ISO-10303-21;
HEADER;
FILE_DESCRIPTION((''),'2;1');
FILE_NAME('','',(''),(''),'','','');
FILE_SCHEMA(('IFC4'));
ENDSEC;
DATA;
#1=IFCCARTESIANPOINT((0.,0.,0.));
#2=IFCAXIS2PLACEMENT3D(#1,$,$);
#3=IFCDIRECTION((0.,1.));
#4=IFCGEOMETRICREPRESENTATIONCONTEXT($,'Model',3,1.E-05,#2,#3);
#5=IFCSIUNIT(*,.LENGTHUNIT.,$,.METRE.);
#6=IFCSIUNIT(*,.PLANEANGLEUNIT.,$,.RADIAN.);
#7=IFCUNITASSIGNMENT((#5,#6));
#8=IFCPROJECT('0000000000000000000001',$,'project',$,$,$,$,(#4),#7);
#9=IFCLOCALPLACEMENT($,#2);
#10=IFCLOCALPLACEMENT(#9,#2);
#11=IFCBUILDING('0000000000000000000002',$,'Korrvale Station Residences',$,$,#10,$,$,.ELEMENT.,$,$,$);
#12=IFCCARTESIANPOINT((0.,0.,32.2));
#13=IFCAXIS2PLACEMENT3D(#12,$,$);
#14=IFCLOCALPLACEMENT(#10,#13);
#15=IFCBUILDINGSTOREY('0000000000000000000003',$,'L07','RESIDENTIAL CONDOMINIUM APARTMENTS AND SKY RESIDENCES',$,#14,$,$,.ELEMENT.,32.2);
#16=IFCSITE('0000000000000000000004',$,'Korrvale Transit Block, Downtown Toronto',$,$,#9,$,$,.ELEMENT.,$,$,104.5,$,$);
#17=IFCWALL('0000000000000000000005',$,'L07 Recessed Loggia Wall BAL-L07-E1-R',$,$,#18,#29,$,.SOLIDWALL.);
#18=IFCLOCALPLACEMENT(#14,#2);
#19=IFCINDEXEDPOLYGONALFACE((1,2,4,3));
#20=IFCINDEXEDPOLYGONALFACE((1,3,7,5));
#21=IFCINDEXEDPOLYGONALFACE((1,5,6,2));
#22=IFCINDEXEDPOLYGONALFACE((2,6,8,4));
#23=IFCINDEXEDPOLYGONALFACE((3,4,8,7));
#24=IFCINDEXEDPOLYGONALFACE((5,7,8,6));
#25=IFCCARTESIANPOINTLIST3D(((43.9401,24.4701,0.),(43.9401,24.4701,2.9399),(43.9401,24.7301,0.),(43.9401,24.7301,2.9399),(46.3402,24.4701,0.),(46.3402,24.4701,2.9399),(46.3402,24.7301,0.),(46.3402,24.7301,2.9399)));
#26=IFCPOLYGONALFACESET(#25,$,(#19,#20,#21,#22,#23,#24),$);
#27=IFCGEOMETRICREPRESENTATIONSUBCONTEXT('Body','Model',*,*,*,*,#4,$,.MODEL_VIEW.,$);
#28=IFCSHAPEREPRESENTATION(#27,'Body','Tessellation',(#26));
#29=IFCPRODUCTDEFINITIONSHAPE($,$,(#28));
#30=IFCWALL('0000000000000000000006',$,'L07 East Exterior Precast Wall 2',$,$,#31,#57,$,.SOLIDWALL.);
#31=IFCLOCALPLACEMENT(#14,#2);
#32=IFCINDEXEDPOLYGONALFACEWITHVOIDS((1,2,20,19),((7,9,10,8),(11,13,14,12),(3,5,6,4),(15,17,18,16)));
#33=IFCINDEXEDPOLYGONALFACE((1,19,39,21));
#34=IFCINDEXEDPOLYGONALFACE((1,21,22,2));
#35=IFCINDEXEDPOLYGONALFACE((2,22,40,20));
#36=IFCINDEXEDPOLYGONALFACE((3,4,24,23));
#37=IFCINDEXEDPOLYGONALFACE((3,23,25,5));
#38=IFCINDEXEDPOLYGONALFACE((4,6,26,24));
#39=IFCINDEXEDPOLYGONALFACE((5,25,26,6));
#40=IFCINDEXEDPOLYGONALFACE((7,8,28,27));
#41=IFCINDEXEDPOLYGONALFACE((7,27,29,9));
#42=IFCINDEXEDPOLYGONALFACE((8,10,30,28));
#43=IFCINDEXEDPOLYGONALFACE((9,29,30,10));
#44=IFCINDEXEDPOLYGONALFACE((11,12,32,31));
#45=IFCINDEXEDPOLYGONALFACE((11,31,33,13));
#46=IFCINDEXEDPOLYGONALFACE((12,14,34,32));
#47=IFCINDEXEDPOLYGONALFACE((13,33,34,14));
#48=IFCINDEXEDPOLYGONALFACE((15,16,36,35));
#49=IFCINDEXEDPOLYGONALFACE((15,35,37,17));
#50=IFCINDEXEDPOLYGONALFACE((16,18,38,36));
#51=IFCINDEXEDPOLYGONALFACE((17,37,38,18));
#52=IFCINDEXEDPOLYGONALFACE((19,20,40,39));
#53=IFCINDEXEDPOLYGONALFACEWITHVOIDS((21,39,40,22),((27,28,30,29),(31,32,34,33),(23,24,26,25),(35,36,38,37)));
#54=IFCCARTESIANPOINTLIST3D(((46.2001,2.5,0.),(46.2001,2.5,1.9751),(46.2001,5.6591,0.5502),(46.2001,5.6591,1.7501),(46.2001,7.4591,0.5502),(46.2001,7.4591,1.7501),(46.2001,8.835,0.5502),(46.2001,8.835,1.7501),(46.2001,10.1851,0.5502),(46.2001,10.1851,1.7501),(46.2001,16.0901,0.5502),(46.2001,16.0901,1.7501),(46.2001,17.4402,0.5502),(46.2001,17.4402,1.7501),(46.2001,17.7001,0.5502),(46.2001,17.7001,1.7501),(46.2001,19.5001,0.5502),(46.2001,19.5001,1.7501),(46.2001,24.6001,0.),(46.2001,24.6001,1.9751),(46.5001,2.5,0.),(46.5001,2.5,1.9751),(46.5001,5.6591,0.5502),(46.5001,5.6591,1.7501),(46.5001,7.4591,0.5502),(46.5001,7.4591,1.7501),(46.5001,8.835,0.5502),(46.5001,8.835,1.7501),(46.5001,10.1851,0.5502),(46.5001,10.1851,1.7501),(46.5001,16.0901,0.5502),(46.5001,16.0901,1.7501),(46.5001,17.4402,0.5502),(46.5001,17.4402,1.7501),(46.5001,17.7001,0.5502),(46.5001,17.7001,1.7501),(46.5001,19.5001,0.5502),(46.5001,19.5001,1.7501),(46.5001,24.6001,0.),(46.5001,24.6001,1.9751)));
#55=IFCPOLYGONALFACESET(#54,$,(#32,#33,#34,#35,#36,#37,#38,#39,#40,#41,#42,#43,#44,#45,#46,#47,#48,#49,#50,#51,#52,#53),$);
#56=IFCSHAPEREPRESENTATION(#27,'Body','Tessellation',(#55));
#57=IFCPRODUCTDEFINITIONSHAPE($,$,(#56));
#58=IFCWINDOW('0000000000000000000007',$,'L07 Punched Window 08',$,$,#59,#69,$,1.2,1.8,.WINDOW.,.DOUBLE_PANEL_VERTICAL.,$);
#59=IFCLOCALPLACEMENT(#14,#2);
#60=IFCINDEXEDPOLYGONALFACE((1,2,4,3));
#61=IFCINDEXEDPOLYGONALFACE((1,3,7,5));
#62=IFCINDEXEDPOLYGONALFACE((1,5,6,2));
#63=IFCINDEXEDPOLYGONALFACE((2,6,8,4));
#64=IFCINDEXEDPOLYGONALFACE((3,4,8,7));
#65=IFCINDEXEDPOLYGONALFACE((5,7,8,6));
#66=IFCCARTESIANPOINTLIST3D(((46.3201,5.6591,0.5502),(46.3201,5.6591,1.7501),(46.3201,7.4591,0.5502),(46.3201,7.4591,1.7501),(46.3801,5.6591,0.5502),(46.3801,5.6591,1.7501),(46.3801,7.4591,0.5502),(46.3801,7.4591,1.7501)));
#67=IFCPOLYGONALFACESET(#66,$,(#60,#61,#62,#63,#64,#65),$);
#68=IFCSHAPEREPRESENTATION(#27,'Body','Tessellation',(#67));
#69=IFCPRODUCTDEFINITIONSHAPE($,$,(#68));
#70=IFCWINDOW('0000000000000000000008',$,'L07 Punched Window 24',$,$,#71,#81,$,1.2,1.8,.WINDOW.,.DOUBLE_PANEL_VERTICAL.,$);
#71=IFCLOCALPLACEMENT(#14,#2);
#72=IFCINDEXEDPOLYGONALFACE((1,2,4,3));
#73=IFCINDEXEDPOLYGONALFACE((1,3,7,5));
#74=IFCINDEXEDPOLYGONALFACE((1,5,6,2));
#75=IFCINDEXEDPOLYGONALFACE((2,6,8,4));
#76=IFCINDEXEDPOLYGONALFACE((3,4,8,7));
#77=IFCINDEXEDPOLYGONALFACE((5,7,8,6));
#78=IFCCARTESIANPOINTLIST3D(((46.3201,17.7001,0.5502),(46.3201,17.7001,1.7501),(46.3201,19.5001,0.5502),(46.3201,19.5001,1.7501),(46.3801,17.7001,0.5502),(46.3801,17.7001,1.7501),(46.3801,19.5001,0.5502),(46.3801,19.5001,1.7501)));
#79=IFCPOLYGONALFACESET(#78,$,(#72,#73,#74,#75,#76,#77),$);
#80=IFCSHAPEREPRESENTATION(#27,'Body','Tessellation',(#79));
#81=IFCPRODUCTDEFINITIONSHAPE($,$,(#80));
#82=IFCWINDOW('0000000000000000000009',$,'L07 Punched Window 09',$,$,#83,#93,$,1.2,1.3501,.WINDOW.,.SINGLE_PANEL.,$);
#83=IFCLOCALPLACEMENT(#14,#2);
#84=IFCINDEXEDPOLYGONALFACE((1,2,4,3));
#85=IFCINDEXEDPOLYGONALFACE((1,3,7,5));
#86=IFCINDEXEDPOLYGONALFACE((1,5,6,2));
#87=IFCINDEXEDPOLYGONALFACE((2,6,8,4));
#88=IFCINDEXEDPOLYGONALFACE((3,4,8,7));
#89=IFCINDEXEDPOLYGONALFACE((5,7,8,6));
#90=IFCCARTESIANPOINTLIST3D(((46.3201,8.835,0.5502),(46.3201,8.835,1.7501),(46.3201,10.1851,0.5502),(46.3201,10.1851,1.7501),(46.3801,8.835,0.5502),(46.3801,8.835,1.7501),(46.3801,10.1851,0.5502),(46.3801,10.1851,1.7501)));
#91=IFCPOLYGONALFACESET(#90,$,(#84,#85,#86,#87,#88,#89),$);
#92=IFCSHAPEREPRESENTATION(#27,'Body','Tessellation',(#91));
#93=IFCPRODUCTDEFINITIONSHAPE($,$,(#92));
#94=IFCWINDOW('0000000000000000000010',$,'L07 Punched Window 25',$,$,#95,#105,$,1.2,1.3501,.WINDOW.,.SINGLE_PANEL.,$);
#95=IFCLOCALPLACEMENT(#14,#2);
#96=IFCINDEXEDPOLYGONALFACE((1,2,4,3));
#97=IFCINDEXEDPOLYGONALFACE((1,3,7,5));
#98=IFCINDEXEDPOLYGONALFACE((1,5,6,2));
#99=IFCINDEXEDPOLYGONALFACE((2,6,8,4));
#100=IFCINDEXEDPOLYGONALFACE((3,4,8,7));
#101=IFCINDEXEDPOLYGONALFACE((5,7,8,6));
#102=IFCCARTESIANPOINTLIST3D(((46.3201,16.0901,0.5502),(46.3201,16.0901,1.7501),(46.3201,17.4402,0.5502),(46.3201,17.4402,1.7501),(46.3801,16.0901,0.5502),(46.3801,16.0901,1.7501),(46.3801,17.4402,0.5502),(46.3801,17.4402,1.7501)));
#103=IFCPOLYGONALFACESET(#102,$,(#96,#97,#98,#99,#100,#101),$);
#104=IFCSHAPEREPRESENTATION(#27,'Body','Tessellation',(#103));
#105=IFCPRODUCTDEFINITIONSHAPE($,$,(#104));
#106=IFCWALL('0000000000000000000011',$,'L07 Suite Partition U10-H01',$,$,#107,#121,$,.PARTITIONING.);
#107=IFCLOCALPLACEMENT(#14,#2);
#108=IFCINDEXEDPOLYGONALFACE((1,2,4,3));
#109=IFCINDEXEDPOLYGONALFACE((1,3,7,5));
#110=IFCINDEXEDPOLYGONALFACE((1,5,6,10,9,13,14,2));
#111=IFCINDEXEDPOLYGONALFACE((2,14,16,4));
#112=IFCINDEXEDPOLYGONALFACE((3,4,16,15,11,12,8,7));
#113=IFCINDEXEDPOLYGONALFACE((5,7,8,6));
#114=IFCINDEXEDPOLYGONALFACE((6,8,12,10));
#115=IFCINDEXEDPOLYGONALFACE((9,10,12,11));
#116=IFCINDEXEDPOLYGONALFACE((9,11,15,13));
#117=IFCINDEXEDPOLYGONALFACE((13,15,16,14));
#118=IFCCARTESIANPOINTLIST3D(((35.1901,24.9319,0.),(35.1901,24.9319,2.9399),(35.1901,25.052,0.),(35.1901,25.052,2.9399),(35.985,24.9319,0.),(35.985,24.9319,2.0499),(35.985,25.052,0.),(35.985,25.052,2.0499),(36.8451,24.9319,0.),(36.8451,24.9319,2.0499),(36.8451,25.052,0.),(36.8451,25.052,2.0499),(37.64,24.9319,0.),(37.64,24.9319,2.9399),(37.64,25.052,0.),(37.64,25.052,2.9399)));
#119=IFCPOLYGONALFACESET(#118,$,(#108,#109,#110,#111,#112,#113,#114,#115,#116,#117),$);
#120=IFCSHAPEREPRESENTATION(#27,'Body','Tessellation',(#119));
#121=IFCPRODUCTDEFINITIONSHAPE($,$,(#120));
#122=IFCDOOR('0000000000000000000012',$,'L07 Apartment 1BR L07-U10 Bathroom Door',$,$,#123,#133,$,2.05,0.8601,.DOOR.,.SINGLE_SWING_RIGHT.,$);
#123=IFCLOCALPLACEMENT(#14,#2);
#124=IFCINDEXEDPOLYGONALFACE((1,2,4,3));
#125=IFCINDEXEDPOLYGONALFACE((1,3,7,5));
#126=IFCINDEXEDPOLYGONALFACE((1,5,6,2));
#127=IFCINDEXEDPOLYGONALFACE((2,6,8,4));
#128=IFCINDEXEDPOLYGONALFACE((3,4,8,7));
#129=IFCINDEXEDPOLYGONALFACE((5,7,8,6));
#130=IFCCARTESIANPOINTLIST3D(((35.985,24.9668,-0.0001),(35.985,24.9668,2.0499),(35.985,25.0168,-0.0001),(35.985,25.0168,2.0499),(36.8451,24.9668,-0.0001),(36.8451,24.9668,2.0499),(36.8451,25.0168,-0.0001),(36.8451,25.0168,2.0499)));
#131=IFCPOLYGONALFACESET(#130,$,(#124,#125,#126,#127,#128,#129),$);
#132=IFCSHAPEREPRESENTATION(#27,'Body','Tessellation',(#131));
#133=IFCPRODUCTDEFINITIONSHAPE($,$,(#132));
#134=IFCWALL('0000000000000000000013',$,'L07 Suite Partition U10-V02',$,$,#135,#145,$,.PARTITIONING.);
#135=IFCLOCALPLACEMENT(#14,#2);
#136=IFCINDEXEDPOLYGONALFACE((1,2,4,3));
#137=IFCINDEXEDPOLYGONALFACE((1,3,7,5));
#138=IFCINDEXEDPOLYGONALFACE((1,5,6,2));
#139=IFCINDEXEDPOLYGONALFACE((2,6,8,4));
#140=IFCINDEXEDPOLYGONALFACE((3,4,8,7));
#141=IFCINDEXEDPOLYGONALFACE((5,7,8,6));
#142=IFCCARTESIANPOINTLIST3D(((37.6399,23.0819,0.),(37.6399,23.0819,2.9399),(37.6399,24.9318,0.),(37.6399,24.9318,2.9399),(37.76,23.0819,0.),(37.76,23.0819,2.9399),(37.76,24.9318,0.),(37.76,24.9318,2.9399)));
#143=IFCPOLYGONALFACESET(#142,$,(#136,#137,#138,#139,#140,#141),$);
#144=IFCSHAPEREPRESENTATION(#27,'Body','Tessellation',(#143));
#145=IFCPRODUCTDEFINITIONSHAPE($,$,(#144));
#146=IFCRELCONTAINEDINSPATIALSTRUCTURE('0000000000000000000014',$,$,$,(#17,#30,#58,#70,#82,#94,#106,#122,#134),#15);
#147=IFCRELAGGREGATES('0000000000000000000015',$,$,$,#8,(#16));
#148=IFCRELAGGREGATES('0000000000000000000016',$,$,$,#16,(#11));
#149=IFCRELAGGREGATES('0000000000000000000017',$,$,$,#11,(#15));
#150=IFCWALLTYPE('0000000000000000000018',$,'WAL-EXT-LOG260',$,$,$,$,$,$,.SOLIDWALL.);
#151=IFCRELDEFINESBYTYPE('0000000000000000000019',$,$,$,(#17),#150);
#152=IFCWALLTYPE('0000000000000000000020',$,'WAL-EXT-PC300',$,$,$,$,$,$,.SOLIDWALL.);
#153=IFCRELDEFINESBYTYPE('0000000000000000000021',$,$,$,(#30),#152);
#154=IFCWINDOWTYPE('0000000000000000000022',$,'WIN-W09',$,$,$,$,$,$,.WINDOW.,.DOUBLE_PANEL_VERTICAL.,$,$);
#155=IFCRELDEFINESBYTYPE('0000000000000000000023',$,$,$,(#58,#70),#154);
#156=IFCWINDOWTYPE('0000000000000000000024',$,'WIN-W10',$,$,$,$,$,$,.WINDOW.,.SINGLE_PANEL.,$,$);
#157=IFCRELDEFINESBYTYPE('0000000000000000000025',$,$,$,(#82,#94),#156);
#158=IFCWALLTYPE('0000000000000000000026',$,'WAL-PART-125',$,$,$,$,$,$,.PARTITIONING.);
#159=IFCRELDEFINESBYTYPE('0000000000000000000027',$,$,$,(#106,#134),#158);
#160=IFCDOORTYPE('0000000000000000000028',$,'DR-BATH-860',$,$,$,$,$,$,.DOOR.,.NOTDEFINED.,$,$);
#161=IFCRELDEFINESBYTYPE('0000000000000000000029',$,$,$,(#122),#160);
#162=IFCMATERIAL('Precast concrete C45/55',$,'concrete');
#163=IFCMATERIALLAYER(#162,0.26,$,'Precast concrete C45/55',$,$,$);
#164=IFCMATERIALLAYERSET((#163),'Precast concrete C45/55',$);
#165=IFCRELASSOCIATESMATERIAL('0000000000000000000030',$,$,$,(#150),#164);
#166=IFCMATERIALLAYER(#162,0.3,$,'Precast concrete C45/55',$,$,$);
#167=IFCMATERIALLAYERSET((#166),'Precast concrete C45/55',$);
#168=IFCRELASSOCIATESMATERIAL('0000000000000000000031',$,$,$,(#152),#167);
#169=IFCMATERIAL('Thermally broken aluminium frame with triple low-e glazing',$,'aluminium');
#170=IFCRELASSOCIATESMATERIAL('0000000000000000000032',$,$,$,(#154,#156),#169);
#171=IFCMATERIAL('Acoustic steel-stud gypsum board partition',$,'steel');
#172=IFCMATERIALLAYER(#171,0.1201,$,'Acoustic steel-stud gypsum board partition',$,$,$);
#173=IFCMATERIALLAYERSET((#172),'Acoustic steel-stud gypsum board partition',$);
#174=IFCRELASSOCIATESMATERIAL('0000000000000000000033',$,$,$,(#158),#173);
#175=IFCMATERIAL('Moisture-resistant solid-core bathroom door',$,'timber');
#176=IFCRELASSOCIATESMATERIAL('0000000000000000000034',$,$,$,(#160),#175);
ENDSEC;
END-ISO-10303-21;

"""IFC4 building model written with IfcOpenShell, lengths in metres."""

from ifc_helpers import new_model, si_unit, direction, frame, frame_2d, origin, place, context, subcontext, project, spatial, rectangle, extrude, material, layer, layer_set, type_object, element, fill, save


model = new_model("IFC4")

# Units and contexts
model_context = context("Model", 3, precision=1e-05, world=origin(), true_north=direction((0.0, 1.0)))
body_context = subcontext(model_context, "Body", "Model", "MODEL_VIEW")
ifc_project = project(units=[si_unit("LENGTHUNIT", "METRE"), si_unit("PLANEANGLEUNIT", "RADIAN")], contexts=[model_context])

# Site, building, storey
site_placement = place(None, origin())
site = spatial("IfcSite", under=ifc_project, at=site_placement, Name="Korrvale Transit Block, Downtown Toronto", CompositionType="ELEMENT", RefElevation=104.5)
building_placement = place(site_placement, origin())
building = spatial("IfcBuilding", under=site, at=building_placement, Name="Korrvale Station Residences", CompositionType="ELEMENT")
storey_placement = place(building_placement, frame((0.0, 0.0, 32.2)))
storey = spatial("IfcBuildingStorey", under=building, at=storey_placement, Name="L07", Description="RESIDENTIAL CONDOMINIUM APARTMENTS AND SKY RESIDENCES", CompositionType="ELEMENT", Elevation=32.2)

# Shared definitions
ifc_material_1 = material(Name="Precast concrete C45/55", Category="concrete")
ifc_layer_1 = layer(ifc_material_1, 0.26, Name="Precast concrete C45/55")
ifc_layer_set_1 = layer_set([ifc_layer_1], Name="Precast concrete C45/55")
wall_type_1 = type_object("IfcWallType", Name="WAL-EXT-LOG260", PredefinedType="SOLIDWALL", material=ifc_layer_set_1)

# Shared definitions
ifc_material_2 = material(Name="Thermally broken aluminium frame with triple low-e glazing", Category="aluminium")

# Wall
wall_1_placement = place(storey_placement, frame((43.9399, 24.6001, 0.0), z_axis=(0.0, 0.0, 1.0), x_axis=(1.0, 0.0, 0.0)))
element("IfcWall", 1, at=wall_1_placement, inside=storey, type_object=wall_type_1, Name="L07 Recessed Loggia Wall BAL-L07-E1-R", PredefinedType="SOLIDWALL", context=body_context, shape_type="SweptSolid", body=[
    extrude(rectangle(XDim=2.4001, YDim=0.26, at=frame_2d((1.2002, 0.0))), origin(), (0.0, 0.0, 1.0), 2.9399),
])

# Wall, openings, windows
ifc_layer_2 = layer(ifc_material_1, 0.3, Name="Precast concrete C45/55")
ifc_layer_set_2 = layer_set([ifc_layer_2], Name="Precast concrete C45/55")
wall_type_2 = type_object("IfcWallType", Name="WAL-EXT-PC300", PredefinedType="SOLIDWALL", material=ifc_layer_set_2)
wall_2_placement = place(storey_placement, frame((46.3501, 24.6001, 0.0), z_axis=(0.0, 0.0, 1.0), x_axis=(0.0, -1.0, 0.0)))
wall_2 = element("IfcWall", 2, at=wall_2_placement, inside=storey, type_object=wall_type_2, Name="L07 East Exterior Precast Wall 2", PredefinedType="SOLIDWALL", context=body_context, shape_type="SweptSolid", body=[
    extrude(rectangle(XDim=22.1001, YDim=0.3, at=frame_2d((11.05, 0.0))), origin(), (0.0, 0.0, 1.0), 1.9751),
])
opening_1_placement = place(wall_2_placement, frame((17.1411, 0.0, 0.55)))
opening_1 = element("IfcOpeningElement", 3, at=opening_1_placement, cuts=wall_2, PredefinedType="OPENING", context=body_context, shape_type="SweptSolid", body=[
    extrude(rectangle(XDim=1.8, YDim=1.2, at=frame_2d((0.8999, 0.6001))), frame((0.0, 0.1602, 0.0), z_axis=(0.0, -1.0, 0.0), x_axis=(1.0, 0.0, 0.0)), (0.0, 0.0, 1.0), 0.3201),
])
opening_2_placement = place(wall_2_placement, frame((14.415, 0.0, 0.55)))
opening_2 = element("IfcOpeningElement", 4, at=opening_2_placement, cuts=wall_2, PredefinedType="OPENING", context=body_context, shape_type="SweptSolid", body=[
    extrude(rectangle(XDim=1.3501, YDim=1.2, at=frame_2d((0.675, 0.6001))), frame((0.0, 0.1602, 0.0), z_axis=(0.0, -1.0, 0.0), x_axis=(1.0, 0.0, 0.0)), (0.0, 0.0, 1.0), 0.3201),
])
opening_3_placement = place(wall_2_placement, frame((5.1001, 0.0, 0.55)))
opening_3 = element("IfcOpeningElement", 5, at=opening_3_placement, cuts=wall_2, PredefinedType="OPENING", context=body_context, shape_type="SweptSolid", body=[
    extrude(rectangle(XDim=1.8, YDim=1.2, at=frame_2d((0.8999, 0.6001))), frame((0.0, 0.1602, 0.0), z_axis=(0.0, -1.0, 0.0), x_axis=(1.0, 0.0, 0.0)), (0.0, 0.0, 1.0), 0.3201),
])
opening_4_placement = place(wall_2_placement, frame((7.1599, 0.0, 0.55)))
opening_4 = element("IfcOpeningElement", 6, at=opening_4_placement, cuts=wall_2, PredefinedType="OPENING", context=body_context, shape_type="SweptSolid", body=[
    extrude(rectangle(XDim=1.3501, YDim=1.2, at=frame_2d((0.675, 0.6001))), frame((0.0, 0.1602, 0.0), z_axis=(0.0, -1.0, 0.0), x_axis=(1.0, 0.0, 0.0)), (0.0, 0.0, 1.0), 0.3201),
])
window_type_1 = type_object("IfcWindowType", Name="WIN-W09", PartitioningType="DOUBLE_PANEL_VERTICAL", PredefinedType="WINDOW", material=ifc_material_2)
window_1_placement = place(opening_1_placement, origin())
window_1 = element("IfcWindow", 7, at=window_1_placement, inside=storey, type_object=window_type_1, Name="L07 Punched Window 08", OverallHeight=1.2, OverallWidth=1.8, PartitioningType="DOUBLE_PANEL_VERTICAL", PredefinedType="WINDOW", context=body_context, shape_type="SweptSolid", body=[
    extrude(rectangle(XDim=1.8, YDim=1.2, at=frame_2d((0.8999, 0.6001))), frame((0.0, 0.03, 0.0), z_axis=(0.0, -1.0, 0.0), x_axis=(1.0, 0.0, 0.0)), (0.0, 0.0, 1.0), 0.0601),
])
fill(opening_1, window_1)
window_2_placement = place(opening_3_placement, origin())
window_2 = element("IfcWindow", 8, at=window_2_placement, inside=storey, type_object=window_type_1, Name="L07 Punched Window 24", OverallHeight=1.2, OverallWidth=1.8, PartitioningType="DOUBLE_PANEL_VERTICAL", PredefinedType="WINDOW", context=body_context, shape_type="SweptSolid", body=[
    extrude(rectangle(XDim=1.8, YDim=1.2, at=frame_2d((0.8999, 0.6001))), frame((0.0, 0.03, 0.0), z_axis=(0.0, -1.0, 0.0), x_axis=(1.0, 0.0, 0.0)), (0.0, 0.0, 1.0), 0.0601),
])
fill(opening_3, window_2)
window_type_2 = type_object("IfcWindowType", Name="WIN-W10", PartitioningType="SINGLE_PANEL", PredefinedType="WINDOW", material=ifc_material_2)
window_3_placement = place(opening_2_placement, origin())
window_3 = element("IfcWindow", 9, at=window_3_placement, inside=storey, type_object=window_type_2, Name="L07 Punched Window 09", OverallHeight=1.2, OverallWidth=1.3501, PartitioningType="SINGLE_PANEL", PredefinedType="WINDOW", context=body_context, shape_type="SweptSolid", body=[
    extrude(rectangle(XDim=1.3501, YDim=1.2, at=frame_2d((0.675, 0.6001))), frame((0.0, 0.03, 0.0), z_axis=(0.0, -1.0, 0.0), x_axis=(1.0, 0.0, 0.0)), (0.0, 0.0, 1.0), 0.0601),
])
fill(opening_2, window_3)
window_4_placement = place(opening_4_placement, origin())
window_4 = element("IfcWindow", 10, at=window_4_placement, inside=storey, type_object=window_type_2, Name="L07 Punched Window 25", OverallHeight=1.2, OverallWidth=1.3501, PartitioningType="SINGLE_PANEL", PredefinedType="WINDOW", context=body_context, shape_type="SweptSolid", body=[
    extrude(rectangle(XDim=1.3501, YDim=1.2, at=frame_2d((0.675, 0.6001))), frame((0.0, 0.03, 0.0), z_axis=(0.0, -1.0, 0.0), x_axis=(1.0, 0.0, 0.0)), (0.0, 0.0, 1.0), 0.0601),
])
fill(opening_4, window_4)

# Wall, opening, door
ifc_material_3 = material(Name="Acoustic steel-stud gypsum board partition", Category="steel")
ifc_layer_3 = layer(ifc_material_3, 0.1201, Name="Acoustic steel-stud gypsum board partition")
ifc_layer_set_3 = layer_set([ifc_layer_3], Name="Acoustic steel-stud gypsum board partition")
wall_type_3 = type_object("IfcWallType", Name="WAL-PART-125", PredefinedType="PARTITIONING", material=ifc_layer_set_3)
wall_3_placement = place(storey_placement, frame((35.1899, 24.9919, 0.0), z_axis=(0.0, 0.0, 1.0), x_axis=(1.0, 0.0, 0.0)))
wall_3 = element("IfcWall", 11, at=wall_3_placement, inside=storey, type_object=wall_type_3, Name="L07 Suite Partition U10-H01", PredefinedType="PARTITIONING", context=body_context, shape_type="SweptSolid", body=[
    extrude(rectangle(XDim=2.45, YDim=0.1201, at=frame_2d((1.2251, 0.0))), origin(), (0.0, 0.0, 1.0), 2.9399),
])
opening_5_placement = place(wall_3_placement, frame((0.7949, 0.0, 0.0)))
opening_5 = element("IfcOpeningElement", 12, at=opening_5_placement, cuts=wall_3, PredefinedType="OPENING", context=body_context, shape_type="SweptSolid", body=[
    extrude(rectangle(XDim=0.8601, YDim=2.05, at=frame_2d((0.4302, 1.0249))), frame((0.0, 0.0701, 0.0), z_axis=(0.0, -1.0, 0.0), x_axis=(1.0, 0.0, 0.0)), (0.0, 0.0, 1.0), 0.1401),
])
ifc_material_4 = material(Name="Moisture-resistant solid-core bathroom door", Category="timber")
door_type_1 = type_object("IfcDoorType", Name="DR-BATH-860", OperationType="NOTDEFINED", PredefinedType="DOOR", material=ifc_material_4)
door_1_placement = place(opening_5_placement, origin())
door_1 = element("IfcDoor", 13, at=door_1_placement, inside=storey, type_object=door_type_1, Name="L07 Apartment 1BR L07-U10 Bathroom Door", OperationType="SINGLE_SWING_RIGHT", OverallHeight=2.05, OverallWidth=0.8601, PredefinedType="DOOR", context=body_context, shape_type="SweptSolid", body=[
    extrude(rectangle(XDim=0.8601, YDim=2.05, at=frame_2d((0.4302, 1.0249))), frame((0.0, 0.0249, 0.0), z_axis=(0.0, -1.0, 0.0), x_axis=(1.0, 0.0, 0.0)), (0.0, 0.0, 1.0), 0.05),
])
fill(opening_5, door_1)

# Wall
wall_4_placement = place(storey_placement, frame((37.7, 23.082, 0.0), z_axis=(0.0, 0.0, 1.0), x_axis=(0.0, 1.0, 0.0)))
element("IfcWall", 14, at=wall_4_placement, inside=storey, type_object=wall_type_3, Name="L07 Suite Partition U10-V02", PredefinedType="PARTITIONING", context=body_context, shape_type="SweptSolid", body=[
    extrude(rectangle(XDim=1.8499, YDim=0.1201, at=frame_2d((0.9248, 0.0))), origin(), (0.0, 0.0, 1.0), 2.9399),
])

save(model, "model.ifc")
